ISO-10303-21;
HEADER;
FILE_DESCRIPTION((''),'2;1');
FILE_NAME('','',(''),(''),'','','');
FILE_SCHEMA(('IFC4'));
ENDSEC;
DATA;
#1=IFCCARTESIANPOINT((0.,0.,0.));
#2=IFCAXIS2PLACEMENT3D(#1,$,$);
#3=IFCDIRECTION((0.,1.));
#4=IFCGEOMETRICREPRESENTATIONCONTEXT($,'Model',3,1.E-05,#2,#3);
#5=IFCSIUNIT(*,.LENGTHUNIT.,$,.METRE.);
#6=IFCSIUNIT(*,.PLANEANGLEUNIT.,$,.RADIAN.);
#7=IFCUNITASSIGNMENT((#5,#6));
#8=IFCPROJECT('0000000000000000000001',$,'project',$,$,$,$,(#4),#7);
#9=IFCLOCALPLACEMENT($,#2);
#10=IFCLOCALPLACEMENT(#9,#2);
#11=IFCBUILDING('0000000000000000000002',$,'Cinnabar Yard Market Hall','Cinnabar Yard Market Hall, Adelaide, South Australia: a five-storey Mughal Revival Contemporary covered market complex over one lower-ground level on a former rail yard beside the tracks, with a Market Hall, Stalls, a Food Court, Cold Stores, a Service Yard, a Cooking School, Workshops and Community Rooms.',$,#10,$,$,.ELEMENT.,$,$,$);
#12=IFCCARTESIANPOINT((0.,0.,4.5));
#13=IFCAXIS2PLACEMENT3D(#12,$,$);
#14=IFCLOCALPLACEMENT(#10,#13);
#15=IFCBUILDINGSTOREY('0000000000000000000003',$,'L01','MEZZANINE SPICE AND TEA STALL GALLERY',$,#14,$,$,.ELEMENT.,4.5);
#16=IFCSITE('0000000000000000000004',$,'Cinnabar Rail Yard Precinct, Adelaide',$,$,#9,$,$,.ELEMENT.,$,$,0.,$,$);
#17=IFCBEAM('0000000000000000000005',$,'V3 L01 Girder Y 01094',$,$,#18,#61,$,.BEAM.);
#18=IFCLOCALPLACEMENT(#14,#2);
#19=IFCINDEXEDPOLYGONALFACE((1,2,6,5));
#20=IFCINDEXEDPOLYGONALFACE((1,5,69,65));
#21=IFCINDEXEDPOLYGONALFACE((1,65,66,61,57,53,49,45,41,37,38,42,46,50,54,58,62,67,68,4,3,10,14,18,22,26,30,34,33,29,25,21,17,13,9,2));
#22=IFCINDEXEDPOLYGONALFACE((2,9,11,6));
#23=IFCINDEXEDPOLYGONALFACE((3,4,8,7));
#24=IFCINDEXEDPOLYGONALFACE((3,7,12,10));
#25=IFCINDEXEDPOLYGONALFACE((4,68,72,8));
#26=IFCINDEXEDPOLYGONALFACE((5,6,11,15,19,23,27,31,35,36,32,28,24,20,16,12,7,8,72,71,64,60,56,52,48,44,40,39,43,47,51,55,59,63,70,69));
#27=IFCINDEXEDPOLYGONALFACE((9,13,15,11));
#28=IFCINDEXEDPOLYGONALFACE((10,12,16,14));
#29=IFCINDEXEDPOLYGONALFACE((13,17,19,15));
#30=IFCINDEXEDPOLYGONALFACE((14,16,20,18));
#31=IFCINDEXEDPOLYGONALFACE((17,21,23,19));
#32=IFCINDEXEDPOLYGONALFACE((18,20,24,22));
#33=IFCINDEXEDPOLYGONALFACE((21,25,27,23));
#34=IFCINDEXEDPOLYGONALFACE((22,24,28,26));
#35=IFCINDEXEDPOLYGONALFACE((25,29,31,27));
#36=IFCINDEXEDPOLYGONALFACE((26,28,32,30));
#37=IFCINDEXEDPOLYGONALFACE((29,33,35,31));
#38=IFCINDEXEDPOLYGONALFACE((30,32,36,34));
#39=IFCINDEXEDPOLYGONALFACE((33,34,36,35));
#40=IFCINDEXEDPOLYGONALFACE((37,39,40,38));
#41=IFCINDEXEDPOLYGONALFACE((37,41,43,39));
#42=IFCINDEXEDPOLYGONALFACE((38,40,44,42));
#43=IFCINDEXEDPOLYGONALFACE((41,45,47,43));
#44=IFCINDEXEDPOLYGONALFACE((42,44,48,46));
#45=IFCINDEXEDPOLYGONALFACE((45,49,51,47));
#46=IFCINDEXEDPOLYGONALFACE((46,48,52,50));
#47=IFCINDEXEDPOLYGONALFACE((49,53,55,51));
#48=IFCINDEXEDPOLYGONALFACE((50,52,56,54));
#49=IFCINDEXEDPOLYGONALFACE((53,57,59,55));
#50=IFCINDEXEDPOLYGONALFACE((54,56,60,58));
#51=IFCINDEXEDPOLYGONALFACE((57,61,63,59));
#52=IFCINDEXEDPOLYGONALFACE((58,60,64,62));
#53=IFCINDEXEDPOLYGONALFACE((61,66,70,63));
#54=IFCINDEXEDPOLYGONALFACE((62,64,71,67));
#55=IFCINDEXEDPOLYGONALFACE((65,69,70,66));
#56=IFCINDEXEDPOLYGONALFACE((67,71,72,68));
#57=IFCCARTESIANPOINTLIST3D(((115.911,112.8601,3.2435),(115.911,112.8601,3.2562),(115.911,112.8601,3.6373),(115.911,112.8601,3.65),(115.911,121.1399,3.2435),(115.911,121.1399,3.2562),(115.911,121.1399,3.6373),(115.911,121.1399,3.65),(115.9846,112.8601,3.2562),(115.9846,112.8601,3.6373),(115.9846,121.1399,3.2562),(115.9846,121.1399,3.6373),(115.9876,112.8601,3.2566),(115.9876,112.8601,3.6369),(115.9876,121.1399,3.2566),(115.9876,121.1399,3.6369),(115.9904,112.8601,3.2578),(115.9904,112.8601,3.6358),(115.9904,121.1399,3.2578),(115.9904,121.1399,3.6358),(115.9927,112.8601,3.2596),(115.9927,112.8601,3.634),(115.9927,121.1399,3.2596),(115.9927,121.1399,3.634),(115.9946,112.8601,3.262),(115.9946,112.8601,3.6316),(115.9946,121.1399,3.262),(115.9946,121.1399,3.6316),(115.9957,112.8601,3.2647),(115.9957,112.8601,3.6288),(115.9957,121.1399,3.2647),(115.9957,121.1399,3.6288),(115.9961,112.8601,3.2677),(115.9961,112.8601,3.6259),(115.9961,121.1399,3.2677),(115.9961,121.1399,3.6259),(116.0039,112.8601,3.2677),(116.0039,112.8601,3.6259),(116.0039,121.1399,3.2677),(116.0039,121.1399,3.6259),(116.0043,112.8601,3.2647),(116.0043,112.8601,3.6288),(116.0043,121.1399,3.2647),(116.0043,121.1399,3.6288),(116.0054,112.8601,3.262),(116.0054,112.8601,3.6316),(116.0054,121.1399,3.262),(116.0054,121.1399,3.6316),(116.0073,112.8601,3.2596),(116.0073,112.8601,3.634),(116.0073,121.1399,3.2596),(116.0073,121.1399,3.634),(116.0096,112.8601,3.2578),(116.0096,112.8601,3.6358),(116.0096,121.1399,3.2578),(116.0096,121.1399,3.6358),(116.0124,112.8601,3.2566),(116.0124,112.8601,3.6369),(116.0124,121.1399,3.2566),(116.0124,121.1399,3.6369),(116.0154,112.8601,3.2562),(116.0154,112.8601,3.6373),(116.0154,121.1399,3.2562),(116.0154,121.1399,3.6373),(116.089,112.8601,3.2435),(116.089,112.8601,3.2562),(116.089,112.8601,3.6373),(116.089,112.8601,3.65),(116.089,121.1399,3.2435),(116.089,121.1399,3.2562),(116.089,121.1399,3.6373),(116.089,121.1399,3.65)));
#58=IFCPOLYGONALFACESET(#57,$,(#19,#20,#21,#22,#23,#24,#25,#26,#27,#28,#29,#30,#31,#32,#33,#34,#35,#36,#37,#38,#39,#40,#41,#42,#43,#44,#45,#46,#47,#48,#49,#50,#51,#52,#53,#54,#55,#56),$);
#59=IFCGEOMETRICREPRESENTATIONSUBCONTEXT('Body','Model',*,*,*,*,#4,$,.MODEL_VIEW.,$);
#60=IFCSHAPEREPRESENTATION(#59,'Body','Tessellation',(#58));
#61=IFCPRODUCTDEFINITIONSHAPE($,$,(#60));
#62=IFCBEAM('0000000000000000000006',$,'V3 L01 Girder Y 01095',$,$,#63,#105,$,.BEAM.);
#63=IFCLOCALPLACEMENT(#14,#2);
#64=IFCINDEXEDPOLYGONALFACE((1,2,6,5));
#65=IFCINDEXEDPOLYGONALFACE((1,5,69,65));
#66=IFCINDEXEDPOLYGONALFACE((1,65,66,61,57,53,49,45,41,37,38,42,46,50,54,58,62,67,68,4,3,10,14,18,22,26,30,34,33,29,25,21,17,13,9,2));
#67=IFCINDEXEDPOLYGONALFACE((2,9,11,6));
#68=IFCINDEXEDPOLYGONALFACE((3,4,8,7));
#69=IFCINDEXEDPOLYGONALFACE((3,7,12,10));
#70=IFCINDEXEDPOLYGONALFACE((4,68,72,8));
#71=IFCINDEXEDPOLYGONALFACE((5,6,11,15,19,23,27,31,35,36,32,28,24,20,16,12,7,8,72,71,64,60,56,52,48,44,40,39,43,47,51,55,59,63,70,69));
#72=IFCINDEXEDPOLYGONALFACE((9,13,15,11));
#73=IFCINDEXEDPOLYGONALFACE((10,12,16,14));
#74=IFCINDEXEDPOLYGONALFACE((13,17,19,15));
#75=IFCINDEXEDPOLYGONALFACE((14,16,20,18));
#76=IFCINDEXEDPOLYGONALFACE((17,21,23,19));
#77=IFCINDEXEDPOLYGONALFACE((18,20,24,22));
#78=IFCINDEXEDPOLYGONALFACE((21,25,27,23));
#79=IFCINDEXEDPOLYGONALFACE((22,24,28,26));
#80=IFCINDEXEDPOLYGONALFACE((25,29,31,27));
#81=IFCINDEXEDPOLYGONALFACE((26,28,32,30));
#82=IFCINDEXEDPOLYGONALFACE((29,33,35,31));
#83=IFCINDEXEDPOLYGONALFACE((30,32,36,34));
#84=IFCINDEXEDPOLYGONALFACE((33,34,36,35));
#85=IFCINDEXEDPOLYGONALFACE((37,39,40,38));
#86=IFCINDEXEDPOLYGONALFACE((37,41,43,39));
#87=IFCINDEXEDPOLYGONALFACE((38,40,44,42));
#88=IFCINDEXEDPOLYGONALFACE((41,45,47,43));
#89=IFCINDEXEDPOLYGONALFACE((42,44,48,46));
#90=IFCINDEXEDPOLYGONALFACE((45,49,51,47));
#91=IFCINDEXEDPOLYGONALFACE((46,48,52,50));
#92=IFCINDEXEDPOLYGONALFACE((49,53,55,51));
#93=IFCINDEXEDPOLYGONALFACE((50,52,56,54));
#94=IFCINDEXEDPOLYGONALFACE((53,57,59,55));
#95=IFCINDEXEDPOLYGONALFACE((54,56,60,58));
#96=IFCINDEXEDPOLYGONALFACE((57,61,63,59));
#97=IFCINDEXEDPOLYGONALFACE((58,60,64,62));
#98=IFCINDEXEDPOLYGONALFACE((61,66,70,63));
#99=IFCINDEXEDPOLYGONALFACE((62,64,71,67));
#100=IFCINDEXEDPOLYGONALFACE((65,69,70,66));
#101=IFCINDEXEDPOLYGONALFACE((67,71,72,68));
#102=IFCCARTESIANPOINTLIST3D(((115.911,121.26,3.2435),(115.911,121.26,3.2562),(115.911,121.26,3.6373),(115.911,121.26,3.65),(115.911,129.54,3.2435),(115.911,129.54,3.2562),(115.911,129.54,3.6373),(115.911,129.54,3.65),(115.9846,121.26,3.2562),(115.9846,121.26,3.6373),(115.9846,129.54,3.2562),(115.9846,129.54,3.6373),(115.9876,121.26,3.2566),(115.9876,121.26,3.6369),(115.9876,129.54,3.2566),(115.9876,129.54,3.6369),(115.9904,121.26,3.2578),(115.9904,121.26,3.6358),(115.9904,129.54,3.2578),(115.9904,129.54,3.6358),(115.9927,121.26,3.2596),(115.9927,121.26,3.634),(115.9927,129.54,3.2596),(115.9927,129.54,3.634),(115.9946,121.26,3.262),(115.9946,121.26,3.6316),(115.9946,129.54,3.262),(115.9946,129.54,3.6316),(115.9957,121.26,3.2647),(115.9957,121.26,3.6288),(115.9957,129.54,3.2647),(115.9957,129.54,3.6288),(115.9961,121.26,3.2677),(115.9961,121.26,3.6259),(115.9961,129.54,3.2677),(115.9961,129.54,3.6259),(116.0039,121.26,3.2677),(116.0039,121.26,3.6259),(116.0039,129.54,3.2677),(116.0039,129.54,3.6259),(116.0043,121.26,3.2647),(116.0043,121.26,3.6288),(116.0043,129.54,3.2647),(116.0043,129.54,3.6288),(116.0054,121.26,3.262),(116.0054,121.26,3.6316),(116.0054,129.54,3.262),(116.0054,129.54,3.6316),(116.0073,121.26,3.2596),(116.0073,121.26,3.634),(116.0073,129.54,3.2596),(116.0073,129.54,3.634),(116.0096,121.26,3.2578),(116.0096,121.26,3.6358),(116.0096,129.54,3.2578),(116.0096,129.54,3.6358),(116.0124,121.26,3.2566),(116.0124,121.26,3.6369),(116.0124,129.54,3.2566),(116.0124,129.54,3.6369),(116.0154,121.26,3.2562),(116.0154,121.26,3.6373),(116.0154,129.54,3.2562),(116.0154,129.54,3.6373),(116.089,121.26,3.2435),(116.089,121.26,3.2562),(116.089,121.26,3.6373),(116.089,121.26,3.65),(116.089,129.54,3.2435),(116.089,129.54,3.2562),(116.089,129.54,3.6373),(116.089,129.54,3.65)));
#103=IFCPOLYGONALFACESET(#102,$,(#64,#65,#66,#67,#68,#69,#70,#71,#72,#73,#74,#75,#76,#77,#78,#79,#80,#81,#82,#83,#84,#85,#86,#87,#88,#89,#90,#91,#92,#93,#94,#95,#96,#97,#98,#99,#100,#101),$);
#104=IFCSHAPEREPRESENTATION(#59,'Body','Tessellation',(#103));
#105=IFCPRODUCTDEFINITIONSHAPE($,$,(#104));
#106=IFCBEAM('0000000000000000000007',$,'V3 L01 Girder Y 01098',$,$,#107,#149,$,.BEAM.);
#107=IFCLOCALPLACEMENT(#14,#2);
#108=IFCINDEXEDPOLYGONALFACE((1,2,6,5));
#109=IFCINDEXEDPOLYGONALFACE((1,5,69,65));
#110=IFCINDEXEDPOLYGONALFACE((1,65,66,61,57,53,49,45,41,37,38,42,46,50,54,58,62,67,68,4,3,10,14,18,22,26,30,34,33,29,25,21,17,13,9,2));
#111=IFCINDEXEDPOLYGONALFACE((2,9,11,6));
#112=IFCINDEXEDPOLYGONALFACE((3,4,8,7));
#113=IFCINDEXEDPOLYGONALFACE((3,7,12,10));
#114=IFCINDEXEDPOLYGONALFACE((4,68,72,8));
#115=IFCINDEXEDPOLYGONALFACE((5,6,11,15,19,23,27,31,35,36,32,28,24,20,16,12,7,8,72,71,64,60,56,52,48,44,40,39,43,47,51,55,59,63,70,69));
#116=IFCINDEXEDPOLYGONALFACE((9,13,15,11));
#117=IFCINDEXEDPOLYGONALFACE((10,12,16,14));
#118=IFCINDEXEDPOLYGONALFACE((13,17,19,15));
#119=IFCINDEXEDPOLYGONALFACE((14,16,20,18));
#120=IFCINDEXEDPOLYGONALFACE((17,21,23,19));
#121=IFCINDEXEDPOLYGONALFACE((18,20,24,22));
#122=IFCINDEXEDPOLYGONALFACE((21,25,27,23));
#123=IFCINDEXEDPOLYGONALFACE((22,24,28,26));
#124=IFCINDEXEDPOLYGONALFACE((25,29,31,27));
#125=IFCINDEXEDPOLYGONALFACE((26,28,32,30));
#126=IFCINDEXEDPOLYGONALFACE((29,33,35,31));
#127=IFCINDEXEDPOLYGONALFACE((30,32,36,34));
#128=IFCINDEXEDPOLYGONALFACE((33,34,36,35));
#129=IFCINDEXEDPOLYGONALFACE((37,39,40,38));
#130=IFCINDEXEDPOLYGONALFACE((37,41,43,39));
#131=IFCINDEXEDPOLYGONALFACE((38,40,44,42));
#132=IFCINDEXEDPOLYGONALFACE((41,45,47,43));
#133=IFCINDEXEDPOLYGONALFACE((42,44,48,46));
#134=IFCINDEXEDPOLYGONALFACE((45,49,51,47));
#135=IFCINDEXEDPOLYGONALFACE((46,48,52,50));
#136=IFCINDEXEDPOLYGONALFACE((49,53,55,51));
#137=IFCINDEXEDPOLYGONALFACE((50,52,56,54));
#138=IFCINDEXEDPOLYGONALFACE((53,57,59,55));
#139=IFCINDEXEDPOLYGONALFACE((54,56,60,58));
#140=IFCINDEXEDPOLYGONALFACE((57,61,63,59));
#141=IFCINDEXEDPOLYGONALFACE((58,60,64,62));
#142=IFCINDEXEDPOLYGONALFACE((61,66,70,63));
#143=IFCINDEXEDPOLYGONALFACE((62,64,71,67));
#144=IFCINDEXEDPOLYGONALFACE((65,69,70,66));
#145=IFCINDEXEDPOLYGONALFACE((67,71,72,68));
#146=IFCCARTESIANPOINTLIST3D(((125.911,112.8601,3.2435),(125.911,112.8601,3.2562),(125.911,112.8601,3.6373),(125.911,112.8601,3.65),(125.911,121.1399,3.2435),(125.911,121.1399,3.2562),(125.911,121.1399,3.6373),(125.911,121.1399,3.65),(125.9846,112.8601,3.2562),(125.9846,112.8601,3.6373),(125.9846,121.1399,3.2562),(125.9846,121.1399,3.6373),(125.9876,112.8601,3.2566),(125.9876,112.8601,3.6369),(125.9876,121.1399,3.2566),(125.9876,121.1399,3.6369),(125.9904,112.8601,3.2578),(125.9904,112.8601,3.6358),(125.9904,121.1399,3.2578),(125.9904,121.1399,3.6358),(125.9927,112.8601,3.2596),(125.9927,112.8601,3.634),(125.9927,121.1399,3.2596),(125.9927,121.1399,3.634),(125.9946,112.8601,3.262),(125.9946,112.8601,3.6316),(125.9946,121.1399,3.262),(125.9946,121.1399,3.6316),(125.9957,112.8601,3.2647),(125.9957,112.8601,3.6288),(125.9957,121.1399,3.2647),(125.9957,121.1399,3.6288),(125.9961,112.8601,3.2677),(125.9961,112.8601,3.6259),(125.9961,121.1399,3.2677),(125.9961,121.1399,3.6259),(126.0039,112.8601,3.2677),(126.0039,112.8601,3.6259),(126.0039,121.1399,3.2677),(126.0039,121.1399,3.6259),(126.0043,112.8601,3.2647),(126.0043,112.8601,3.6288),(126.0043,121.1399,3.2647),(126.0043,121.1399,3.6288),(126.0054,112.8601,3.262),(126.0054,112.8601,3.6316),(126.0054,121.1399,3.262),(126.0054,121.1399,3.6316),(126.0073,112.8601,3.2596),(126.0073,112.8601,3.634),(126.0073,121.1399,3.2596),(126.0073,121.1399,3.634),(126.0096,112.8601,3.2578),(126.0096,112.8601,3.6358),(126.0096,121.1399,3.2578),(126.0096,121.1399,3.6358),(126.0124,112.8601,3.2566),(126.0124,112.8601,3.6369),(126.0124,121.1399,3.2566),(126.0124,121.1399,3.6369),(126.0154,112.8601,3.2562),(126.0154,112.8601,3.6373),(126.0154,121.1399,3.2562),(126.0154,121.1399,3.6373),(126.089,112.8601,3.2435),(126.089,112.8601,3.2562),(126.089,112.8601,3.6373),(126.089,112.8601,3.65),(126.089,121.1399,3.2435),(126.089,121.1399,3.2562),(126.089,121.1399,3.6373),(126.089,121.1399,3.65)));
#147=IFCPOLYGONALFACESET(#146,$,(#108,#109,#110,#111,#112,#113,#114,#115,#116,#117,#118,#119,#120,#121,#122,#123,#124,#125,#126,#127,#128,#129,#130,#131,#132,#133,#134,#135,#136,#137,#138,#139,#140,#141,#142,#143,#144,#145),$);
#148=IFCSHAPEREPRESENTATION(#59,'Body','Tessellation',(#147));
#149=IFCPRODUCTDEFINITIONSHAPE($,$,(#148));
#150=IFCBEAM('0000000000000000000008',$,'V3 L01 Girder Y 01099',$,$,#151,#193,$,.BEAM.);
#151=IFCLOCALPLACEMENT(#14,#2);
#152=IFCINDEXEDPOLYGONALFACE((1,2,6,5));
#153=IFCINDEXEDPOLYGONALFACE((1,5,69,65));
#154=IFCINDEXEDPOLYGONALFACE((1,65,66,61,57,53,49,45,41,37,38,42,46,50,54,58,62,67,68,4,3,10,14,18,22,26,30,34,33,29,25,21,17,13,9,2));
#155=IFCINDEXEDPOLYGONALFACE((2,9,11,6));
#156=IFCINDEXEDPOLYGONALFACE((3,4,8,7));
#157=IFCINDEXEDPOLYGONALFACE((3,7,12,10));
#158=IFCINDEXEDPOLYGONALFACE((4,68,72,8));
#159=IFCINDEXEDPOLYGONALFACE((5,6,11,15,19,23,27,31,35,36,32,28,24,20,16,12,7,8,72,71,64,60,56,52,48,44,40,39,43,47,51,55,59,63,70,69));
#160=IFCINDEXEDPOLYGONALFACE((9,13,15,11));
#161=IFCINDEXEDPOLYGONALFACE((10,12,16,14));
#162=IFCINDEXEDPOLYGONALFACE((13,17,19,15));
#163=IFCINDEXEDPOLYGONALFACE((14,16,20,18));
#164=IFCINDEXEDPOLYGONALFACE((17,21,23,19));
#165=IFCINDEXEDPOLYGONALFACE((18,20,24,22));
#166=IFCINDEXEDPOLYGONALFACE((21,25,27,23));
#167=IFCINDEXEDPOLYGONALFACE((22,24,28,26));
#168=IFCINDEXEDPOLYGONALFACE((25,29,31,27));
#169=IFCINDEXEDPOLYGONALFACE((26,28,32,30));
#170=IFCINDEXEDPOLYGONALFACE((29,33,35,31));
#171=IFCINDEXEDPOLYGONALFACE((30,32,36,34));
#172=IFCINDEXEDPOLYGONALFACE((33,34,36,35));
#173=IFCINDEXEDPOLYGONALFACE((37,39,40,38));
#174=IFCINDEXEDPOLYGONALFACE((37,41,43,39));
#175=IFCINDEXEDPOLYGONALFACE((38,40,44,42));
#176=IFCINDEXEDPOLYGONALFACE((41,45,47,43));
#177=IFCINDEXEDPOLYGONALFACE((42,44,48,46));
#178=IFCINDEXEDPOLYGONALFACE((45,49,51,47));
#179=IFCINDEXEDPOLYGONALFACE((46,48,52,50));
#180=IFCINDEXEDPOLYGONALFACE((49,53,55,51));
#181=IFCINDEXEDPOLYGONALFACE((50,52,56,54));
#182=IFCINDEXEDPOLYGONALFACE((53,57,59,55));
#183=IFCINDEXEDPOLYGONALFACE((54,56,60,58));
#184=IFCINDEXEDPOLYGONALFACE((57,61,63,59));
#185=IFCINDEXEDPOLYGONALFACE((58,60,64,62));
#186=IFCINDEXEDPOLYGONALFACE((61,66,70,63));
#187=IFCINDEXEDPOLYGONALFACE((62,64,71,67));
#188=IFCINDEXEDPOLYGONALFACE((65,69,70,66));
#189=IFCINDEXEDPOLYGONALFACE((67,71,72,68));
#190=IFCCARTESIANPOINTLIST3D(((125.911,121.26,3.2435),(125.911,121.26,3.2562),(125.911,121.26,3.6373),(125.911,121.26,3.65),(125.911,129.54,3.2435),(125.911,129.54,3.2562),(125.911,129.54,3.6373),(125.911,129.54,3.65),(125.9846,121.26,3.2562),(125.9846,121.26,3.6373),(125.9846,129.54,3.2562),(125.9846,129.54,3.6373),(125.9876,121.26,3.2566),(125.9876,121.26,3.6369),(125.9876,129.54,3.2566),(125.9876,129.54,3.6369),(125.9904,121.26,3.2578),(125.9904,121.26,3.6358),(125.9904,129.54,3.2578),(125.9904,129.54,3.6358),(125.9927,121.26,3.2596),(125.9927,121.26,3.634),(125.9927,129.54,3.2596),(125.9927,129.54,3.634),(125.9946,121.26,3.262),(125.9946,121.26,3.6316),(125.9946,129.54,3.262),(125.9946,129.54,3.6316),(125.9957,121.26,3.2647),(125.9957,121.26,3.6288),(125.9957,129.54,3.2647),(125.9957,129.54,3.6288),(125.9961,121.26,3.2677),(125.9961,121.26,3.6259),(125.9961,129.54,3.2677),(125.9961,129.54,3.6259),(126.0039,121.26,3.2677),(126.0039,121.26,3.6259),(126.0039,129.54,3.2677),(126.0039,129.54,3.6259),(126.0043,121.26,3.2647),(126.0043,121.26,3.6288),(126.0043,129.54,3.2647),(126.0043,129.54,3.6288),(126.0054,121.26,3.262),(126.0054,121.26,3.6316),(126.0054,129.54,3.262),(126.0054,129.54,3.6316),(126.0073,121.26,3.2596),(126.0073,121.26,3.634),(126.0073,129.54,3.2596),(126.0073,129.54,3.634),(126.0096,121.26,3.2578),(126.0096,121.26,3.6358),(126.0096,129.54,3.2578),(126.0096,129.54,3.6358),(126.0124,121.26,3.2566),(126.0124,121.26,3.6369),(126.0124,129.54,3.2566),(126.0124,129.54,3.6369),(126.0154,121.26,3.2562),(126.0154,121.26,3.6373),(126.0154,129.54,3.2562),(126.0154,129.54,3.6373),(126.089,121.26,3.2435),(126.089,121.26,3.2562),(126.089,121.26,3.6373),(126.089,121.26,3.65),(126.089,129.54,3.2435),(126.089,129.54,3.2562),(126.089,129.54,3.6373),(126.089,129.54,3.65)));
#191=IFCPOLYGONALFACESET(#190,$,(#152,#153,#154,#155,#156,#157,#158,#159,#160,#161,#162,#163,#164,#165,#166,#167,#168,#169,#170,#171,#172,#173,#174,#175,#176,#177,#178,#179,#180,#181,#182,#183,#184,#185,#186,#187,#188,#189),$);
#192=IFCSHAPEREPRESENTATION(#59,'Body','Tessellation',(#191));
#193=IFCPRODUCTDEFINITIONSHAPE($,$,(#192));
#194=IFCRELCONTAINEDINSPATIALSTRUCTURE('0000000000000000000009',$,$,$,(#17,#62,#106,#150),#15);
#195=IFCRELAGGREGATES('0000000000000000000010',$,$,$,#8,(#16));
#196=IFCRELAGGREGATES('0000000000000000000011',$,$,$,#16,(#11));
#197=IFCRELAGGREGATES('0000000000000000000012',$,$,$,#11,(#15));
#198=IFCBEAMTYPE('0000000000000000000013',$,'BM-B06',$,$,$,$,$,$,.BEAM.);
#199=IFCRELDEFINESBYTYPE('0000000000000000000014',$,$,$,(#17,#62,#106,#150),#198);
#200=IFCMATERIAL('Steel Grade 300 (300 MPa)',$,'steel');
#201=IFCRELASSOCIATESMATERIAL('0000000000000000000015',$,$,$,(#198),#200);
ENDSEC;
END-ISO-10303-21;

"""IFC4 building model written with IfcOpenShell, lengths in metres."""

from ifc_helpers import new_model, si_unit, direction, frame, origin, origin_2d_with_axis, place, context, subcontext, project, spatial, i_section, extrude, material, material_profile, profile_set, type_object, element, save


model = new_model("IFC4")

# Units and contexts
model_context = context("Model", 3, precision=1e-05, world=origin(), true_north=direction((0.0, 1.0)))
body_context = subcontext(model_context, "Body", "Model", "MODEL_VIEW")
ifc_project = project(units=[si_unit("LENGTHUNIT", "METRE"), si_unit("PLANEANGLEUNIT", "RADIAN")], contexts=[model_context])

# Site, building, storey
site_placement = place(None, origin())
site = spatial("IfcSite", under=ifc_project, at=site_placement, Name="Cinnabar Rail Yard Precinct, Adelaide", CompositionType="ELEMENT", RefElevation=0.0)
building_placement = place(site_placement, origin())
building = spatial("IfcBuilding", under=site, at=building_placement, Name="Cinnabar Yard Market Hall", Description="Cinnabar Yard Market Hall, Adelaide, South Australia: a five-storey Mughal Revival Contemporary covered market complex over one lower-ground level on a former rail yard beside the tracks, with a Market Hall, Stalls, a Food Court, Cold Stores, a Service Yard, a Cooking School, Workshops and Community Rooms.", CompositionType="ELEMENT")
storey_placement = place(building_placement, frame((0.0, 0.0, 4.5)))
storey = spatial("IfcBuildingStorey", under=building, at=storey_placement, Name="L01", Description="MEZZANINE SPICE AND TEA STALL GALLERY", CompositionType="ELEMENT", Elevation=4.5)

# Shared definitions
ifc_material_1 = material(Name="Steel Grade 300 (300 MPa)", Category="steel")

# Beams
ifc_material_profile_1 = material_profile(ifc_material_1, i_section(OverallWidth=0.178, OverallDepth=0.4065, WebThickness=0.0078, FlangeThickness=0.0127, FilletRadius=0.0115, at=origin_2d_with_axis()), Name="410UB59.7")
ifc_profile_set_1 = profile_set([ifc_material_profile_1], Name="Steel Grade 300 (300 MPa)")
beam_type_1 = type_object("IfcBeamType", Name="BM-B06", PredefinedType="BEAM", material=ifc_profile_set_1)
beam_1_placement = place(storey_placement, frame((116.0, 112.8601, 3.4468), z_axis=(0.0, 1.0, 0.0), x_axis=(-1.0, 0.0, 0.0)))
element("IfcBeam", 1, at=beam_1_placement, inside=storey, type_object=beam_type_1, Name="V3 L01 Girder Y 01094", PredefinedType="BEAM", context=body_context, shape_type="SweptSolid", body=[
    extrude(i_section(OverallWidth=0.178, OverallDepth=0.4065, WebThickness=0.0078, FlangeThickness=0.0127, FilletRadius=0.0115, at=origin_2d_with_axis()), origin(), (0.0, 0.0, 1.0), 8.2798),
])
beam_2_placement = place(storey_placement, frame((116.0, 121.26, 3.4468), z_axis=(0.0, 1.0, 0.0), x_axis=(-1.0, 0.0, 0.0)))
element("IfcBeam", 2, at=beam_2_placement, inside=storey, type_object=beam_type_1, Name="V3 L01 Girder Y 01095", PredefinedType="BEAM", context=body_context, shape_type="SweptSolid", body=[
    extrude(i_section(OverallWidth=0.178, OverallDepth=0.4065, WebThickness=0.0078, FlangeThickness=0.0127, FilletRadius=0.0115, at=origin_2d_with_axis()), origin(), (0.0, 0.0, 1.0), 8.28),
])
beam_3_placement = place(storey_placement, frame((126.0, 112.8601, 3.4468), z_axis=(0.0, 1.0, 0.0), x_axis=(-1.0, 0.0, 0.0)))
element("IfcBeam", 3, at=beam_3_placement, inside=storey, type_object=beam_type_1, Name="V3 L01 Girder Y 01098", PredefinedType="BEAM", context=body_context, shape_type="SweptSolid", body=[
    extrude(i_section(OverallWidth=0.178, OverallDepth=0.4065, WebThickness=0.0078, FlangeThickness=0.0127, FilletRadius=0.0115, at=origin_2d_with_axis()), origin(), (0.0, 0.0, 1.0), 8.2798),
])
beam_4_placement = place(storey_placement, frame((126.0, 121.26, 3.4468), z_axis=(0.0, 1.0, 0.0), x_axis=(-1.0, 0.0, 0.0)))
element("IfcBeam", 4, at=beam_4_placement, inside=storey, type_object=beam_type_1, Name="V3 L01 Girder Y 01099", PredefinedType="BEAM", context=body_context, shape_type="SweptSolid", body=[
    extrude(i_section(OverallWidth=0.178, OverallDepth=0.4065, WebThickness=0.0078, FlangeThickness=0.0127, FilletRadius=0.0115, at=origin_2d_with_axis()), origin(), (0.0, 0.0, 1.0), 8.28),
])

save(model, "model.ifc")
